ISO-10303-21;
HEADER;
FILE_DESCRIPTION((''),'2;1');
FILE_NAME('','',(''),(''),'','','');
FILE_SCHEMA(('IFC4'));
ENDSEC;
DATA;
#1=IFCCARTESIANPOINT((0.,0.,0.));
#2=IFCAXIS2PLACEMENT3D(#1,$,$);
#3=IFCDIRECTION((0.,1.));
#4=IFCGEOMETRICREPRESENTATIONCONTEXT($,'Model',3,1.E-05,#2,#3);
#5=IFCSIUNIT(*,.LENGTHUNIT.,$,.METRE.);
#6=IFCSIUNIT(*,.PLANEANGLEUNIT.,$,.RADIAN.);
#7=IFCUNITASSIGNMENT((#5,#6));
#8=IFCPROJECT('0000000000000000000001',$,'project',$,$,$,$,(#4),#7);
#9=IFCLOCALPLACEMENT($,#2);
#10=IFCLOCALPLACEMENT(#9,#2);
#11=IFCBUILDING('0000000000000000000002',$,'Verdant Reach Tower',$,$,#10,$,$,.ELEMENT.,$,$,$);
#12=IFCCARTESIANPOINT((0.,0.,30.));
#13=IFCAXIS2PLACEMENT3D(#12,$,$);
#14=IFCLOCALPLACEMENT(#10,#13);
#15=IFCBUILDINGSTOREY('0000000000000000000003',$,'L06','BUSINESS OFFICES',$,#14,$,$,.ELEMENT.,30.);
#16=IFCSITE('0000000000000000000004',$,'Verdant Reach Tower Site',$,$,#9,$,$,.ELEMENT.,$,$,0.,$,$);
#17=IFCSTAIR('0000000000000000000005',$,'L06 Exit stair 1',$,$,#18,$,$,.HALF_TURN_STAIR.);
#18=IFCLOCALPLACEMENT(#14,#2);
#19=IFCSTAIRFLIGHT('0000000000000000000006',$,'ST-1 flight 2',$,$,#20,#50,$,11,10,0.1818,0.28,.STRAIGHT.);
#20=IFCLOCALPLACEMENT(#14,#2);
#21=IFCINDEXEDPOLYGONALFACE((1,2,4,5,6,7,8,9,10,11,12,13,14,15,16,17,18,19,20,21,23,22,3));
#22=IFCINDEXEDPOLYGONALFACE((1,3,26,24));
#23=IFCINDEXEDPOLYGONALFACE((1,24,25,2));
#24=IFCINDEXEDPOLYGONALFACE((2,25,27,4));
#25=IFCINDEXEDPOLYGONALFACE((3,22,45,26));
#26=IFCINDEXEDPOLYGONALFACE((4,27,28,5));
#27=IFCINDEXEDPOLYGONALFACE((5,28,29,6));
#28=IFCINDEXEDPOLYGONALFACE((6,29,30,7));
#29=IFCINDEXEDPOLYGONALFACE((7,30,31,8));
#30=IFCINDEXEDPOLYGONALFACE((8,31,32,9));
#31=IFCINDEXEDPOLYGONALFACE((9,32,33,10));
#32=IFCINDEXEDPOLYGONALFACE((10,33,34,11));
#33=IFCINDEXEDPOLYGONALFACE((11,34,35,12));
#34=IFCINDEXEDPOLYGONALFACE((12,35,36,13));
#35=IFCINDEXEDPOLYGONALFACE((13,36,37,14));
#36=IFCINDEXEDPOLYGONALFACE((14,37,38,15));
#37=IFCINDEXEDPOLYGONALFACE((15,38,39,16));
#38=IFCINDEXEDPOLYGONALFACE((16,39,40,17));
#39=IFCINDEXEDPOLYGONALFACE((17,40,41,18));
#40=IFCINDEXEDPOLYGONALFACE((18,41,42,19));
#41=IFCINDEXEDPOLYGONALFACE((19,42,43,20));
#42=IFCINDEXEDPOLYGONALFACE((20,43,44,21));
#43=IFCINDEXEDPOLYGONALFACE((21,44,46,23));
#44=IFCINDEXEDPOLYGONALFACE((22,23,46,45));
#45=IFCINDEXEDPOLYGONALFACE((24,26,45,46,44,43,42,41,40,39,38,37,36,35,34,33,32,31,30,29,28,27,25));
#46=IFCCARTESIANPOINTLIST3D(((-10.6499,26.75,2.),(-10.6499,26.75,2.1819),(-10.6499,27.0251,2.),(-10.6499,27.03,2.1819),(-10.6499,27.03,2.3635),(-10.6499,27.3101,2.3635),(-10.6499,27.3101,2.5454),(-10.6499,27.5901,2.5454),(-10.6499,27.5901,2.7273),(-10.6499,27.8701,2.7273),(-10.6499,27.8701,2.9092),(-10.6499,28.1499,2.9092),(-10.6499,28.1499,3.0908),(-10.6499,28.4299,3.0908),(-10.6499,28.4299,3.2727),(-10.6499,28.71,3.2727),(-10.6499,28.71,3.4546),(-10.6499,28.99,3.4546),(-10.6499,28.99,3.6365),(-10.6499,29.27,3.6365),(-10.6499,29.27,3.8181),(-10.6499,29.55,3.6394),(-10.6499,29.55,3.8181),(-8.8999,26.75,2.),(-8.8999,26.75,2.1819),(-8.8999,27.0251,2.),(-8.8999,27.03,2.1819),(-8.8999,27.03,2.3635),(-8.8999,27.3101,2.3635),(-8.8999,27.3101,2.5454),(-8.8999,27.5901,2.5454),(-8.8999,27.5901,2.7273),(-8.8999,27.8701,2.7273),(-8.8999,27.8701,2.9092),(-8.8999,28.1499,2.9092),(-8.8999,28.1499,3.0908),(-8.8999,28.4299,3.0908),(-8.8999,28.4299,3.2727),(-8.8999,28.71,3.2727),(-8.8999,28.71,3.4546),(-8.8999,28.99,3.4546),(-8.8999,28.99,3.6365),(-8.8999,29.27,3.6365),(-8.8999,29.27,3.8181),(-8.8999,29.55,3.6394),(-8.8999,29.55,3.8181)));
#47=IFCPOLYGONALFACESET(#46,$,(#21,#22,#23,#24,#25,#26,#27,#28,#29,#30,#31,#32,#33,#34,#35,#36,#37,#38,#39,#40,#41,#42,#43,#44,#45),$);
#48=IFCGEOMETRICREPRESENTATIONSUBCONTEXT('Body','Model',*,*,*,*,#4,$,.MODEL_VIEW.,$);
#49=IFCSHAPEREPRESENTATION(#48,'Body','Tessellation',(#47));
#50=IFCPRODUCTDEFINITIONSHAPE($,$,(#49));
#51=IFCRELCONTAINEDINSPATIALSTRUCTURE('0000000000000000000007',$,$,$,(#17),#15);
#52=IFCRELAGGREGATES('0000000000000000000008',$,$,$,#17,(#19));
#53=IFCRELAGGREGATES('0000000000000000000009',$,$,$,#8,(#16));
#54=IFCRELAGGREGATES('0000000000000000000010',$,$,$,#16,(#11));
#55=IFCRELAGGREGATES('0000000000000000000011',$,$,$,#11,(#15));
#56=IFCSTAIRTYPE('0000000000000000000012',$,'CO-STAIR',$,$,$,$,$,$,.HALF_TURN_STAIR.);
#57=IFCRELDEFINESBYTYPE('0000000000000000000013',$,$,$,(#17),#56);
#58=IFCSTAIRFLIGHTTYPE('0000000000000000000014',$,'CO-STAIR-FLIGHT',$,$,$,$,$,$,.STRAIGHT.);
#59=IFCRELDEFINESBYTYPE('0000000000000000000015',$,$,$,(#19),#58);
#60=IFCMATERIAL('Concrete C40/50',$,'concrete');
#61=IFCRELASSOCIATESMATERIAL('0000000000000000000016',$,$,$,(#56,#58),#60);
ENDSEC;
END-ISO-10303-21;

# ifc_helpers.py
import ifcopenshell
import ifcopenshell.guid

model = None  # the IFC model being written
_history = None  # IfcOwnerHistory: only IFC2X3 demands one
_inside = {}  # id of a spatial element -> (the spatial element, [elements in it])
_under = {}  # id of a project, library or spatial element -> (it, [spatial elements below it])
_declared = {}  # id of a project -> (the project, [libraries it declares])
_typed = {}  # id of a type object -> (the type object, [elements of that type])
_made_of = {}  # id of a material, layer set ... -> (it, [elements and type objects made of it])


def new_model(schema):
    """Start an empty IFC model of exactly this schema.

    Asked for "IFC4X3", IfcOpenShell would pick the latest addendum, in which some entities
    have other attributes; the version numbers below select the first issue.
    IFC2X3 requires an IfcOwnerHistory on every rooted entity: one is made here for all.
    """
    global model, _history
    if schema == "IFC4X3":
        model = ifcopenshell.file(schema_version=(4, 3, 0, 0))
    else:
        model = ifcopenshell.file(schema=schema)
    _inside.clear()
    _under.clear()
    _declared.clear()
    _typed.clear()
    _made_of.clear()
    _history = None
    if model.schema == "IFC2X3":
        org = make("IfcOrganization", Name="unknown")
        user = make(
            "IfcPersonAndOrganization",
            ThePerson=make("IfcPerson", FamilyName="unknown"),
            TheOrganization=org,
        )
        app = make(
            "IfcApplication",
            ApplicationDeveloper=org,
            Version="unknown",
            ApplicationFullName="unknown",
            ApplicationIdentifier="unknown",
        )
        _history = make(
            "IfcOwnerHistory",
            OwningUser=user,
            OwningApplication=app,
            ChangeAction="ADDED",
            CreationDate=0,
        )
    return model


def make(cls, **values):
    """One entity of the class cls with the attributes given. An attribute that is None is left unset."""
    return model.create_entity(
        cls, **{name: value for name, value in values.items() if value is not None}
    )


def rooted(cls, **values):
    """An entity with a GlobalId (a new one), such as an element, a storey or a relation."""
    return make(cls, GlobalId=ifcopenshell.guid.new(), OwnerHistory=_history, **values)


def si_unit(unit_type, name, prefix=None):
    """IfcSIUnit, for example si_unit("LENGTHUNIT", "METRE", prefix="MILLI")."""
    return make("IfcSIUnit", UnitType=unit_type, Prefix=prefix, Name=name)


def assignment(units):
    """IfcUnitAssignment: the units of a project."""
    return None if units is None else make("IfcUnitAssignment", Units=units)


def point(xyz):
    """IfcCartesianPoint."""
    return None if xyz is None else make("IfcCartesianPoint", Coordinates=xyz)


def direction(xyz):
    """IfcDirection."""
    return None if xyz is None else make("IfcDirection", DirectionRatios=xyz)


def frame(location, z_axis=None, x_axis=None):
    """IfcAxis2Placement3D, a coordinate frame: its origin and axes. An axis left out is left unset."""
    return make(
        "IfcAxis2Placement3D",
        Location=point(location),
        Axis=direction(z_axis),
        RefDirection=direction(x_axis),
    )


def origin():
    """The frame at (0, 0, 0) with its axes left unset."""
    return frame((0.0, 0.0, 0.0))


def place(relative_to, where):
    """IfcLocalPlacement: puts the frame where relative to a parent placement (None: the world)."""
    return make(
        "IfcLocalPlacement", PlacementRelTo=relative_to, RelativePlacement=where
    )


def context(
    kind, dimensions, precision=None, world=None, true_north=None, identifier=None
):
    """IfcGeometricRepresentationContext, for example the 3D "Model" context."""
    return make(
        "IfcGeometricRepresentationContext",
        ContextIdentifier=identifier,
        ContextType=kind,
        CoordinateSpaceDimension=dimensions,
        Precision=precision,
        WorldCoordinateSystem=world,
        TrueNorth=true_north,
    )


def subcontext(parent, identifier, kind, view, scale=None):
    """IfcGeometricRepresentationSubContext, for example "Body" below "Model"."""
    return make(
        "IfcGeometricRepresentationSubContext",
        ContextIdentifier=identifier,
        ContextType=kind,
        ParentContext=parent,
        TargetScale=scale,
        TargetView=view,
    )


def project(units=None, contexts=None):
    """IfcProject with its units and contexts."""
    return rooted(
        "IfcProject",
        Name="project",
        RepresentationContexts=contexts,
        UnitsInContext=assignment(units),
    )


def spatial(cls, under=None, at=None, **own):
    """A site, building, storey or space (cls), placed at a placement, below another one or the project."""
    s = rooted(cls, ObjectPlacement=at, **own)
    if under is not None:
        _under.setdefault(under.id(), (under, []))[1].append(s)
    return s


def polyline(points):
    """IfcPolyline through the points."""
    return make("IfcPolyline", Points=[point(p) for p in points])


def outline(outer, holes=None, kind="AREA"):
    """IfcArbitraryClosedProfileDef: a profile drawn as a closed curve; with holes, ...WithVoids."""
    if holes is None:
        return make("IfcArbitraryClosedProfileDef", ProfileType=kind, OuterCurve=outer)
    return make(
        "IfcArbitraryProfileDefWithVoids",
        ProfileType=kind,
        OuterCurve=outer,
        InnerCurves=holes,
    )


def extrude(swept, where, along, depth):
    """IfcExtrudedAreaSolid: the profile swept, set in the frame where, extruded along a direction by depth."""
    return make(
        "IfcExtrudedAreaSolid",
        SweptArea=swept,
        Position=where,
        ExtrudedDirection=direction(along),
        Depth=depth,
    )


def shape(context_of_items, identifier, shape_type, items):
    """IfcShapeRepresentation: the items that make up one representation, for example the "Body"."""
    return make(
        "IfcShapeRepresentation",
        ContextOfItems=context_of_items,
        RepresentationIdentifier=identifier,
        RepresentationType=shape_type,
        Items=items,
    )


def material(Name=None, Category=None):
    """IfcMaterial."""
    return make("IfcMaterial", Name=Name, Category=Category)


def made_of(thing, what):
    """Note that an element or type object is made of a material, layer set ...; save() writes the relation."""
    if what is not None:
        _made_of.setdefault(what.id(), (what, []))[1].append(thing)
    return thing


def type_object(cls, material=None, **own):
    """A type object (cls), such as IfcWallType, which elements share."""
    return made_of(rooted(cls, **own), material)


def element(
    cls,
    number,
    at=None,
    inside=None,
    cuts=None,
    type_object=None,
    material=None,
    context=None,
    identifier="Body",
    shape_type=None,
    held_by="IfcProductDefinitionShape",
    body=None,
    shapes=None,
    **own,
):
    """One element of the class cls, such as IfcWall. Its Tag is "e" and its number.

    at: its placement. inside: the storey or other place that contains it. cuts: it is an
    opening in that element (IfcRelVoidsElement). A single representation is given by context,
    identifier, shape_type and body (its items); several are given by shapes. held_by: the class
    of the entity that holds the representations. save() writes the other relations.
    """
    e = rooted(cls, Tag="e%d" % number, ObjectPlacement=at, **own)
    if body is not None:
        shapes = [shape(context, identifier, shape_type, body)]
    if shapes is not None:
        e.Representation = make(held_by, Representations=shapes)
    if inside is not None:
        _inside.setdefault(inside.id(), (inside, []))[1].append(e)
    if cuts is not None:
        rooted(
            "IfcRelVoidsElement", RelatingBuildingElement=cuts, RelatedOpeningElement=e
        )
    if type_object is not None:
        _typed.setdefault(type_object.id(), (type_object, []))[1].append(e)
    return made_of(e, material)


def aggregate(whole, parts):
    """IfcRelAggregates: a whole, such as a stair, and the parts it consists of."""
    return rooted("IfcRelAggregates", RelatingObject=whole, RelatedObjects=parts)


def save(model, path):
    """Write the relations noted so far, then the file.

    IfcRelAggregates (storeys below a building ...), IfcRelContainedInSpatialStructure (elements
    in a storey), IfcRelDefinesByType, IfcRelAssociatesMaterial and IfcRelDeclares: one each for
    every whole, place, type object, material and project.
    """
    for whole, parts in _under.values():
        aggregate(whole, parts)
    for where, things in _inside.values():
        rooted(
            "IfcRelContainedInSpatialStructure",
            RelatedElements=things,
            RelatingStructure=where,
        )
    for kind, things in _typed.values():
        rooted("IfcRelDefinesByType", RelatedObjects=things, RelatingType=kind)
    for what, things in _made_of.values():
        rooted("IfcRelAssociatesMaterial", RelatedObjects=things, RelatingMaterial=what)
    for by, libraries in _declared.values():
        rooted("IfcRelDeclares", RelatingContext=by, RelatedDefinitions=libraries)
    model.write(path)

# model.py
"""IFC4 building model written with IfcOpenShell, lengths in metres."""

from ifc_helpers import new_model, si_unit, direction, frame, origin, place, context, subcontext, project, spatial, polyline, outline, extrude, material, type_object, element, aggregate, save


model = new_model("IFC4")

# Units and contexts
model_context = context("Model", 3, precision=1e-05, world=origin(), true_north=direction((0.0, 1.0)))
body_context = subcontext(model_context, "Body", "Model", "MODEL_VIEW")
ifc_project = project(units=[si_unit("LENGTHUNIT", "METRE"), si_unit("PLANEANGLEUNIT", "RADIAN")], contexts=[model_context])

# Site, building, storey
site_placement = place(None, origin())
site = spatial("IfcSite", under=ifc_project, at=site_placement, Name="Verdant Reach Tower Site", CompositionType="ELEMENT", RefElevation=0.0)
building_placement = place(site_placement, origin())
building = spatial("IfcBuilding", under=site, at=building_placement, Name="Verdant Reach Tower", CompositionType="ELEMENT")
storey_placement = place(building_placement, frame((0.0, 0.0, 30.0)))
storey = spatial("IfcBuildingStorey", under=building, at=storey_placement, Name="L06", Description="BUSINESS OFFICES", CompositionType="ELEMENT", Elevation=30.0)

# Shared definitions
ifc_material_1 = material(Name="Concrete C40/50", Category="concrete")

# Stair, stair flight
stair_type = type_object("IfcStairType", Name="CO-STAIR", PredefinedType="HALF_TURN_STAIR", material=ifc_material_1)
stair_placement = place(storey_placement, origin())
stair = element("IfcStair", 1, at=stair_placement, inside=storey, type_object=stair_type, Name="L06 Exit stair 1", PredefinedType="HALF_TURN_STAIR")
stair_flight_type = type_object("IfcStairFlightType", Name="CO-STAIR-FLIGHT", PredefinedType="STRAIGHT", material=ifc_material_1)
stair_flight_1_placement = place(storey_placement, frame((-9.7749, 26.75, 2.0), z_axis=(0.0, 0.0, 1.0), x_axis=(0.0, 1.0, 0.0)))
stair_flight_1 = element("IfcStairFlight", 2, at=stair_flight_1_placement, type_object=stair_flight_type, Name="ST-1 flight 2", NumberOfRisers=11, NumberOfTreads=10, PredefinedType="STRAIGHT", RiserHeight=0.1818, TreadLength=0.28, context=body_context, shape_type="SweptSolid", body=[
    extrude(outline(polyline([(0.0, 0.0), (0.0, 0.1819), (0.28, 0.1819), (0.28, 0.3635), (0.5601, 0.3635), (0.5601, 0.5454), (0.8401, 0.5454), (0.8401, 0.7273), (1.1201, 0.7273), (1.1201, 0.9092), (1.3999, 0.9092), (1.3999, 1.0908), (1.6799, 1.0908), (1.6799, 1.2727), (1.96, 1.2727), (1.96, 1.4546), (2.24, 1.4546), (2.24, 1.6365), (2.52, 1.6365), (2.52, 1.8181), (2.8, 1.8181), (2.8, 2.0), (2.8, 1.6394), (0.2751, 0.0), (0.0, 0.0)])), frame((0.0, 0.875, 0.0), z_axis=(0.0, -1.0, 0.0), x_axis=(1.0, 0.0, 0.0)), (0.0, 0.0, 1.0), 1.75),
])
aggregate(stair, [stair_flight_1])

save(model, "model.ifc")
